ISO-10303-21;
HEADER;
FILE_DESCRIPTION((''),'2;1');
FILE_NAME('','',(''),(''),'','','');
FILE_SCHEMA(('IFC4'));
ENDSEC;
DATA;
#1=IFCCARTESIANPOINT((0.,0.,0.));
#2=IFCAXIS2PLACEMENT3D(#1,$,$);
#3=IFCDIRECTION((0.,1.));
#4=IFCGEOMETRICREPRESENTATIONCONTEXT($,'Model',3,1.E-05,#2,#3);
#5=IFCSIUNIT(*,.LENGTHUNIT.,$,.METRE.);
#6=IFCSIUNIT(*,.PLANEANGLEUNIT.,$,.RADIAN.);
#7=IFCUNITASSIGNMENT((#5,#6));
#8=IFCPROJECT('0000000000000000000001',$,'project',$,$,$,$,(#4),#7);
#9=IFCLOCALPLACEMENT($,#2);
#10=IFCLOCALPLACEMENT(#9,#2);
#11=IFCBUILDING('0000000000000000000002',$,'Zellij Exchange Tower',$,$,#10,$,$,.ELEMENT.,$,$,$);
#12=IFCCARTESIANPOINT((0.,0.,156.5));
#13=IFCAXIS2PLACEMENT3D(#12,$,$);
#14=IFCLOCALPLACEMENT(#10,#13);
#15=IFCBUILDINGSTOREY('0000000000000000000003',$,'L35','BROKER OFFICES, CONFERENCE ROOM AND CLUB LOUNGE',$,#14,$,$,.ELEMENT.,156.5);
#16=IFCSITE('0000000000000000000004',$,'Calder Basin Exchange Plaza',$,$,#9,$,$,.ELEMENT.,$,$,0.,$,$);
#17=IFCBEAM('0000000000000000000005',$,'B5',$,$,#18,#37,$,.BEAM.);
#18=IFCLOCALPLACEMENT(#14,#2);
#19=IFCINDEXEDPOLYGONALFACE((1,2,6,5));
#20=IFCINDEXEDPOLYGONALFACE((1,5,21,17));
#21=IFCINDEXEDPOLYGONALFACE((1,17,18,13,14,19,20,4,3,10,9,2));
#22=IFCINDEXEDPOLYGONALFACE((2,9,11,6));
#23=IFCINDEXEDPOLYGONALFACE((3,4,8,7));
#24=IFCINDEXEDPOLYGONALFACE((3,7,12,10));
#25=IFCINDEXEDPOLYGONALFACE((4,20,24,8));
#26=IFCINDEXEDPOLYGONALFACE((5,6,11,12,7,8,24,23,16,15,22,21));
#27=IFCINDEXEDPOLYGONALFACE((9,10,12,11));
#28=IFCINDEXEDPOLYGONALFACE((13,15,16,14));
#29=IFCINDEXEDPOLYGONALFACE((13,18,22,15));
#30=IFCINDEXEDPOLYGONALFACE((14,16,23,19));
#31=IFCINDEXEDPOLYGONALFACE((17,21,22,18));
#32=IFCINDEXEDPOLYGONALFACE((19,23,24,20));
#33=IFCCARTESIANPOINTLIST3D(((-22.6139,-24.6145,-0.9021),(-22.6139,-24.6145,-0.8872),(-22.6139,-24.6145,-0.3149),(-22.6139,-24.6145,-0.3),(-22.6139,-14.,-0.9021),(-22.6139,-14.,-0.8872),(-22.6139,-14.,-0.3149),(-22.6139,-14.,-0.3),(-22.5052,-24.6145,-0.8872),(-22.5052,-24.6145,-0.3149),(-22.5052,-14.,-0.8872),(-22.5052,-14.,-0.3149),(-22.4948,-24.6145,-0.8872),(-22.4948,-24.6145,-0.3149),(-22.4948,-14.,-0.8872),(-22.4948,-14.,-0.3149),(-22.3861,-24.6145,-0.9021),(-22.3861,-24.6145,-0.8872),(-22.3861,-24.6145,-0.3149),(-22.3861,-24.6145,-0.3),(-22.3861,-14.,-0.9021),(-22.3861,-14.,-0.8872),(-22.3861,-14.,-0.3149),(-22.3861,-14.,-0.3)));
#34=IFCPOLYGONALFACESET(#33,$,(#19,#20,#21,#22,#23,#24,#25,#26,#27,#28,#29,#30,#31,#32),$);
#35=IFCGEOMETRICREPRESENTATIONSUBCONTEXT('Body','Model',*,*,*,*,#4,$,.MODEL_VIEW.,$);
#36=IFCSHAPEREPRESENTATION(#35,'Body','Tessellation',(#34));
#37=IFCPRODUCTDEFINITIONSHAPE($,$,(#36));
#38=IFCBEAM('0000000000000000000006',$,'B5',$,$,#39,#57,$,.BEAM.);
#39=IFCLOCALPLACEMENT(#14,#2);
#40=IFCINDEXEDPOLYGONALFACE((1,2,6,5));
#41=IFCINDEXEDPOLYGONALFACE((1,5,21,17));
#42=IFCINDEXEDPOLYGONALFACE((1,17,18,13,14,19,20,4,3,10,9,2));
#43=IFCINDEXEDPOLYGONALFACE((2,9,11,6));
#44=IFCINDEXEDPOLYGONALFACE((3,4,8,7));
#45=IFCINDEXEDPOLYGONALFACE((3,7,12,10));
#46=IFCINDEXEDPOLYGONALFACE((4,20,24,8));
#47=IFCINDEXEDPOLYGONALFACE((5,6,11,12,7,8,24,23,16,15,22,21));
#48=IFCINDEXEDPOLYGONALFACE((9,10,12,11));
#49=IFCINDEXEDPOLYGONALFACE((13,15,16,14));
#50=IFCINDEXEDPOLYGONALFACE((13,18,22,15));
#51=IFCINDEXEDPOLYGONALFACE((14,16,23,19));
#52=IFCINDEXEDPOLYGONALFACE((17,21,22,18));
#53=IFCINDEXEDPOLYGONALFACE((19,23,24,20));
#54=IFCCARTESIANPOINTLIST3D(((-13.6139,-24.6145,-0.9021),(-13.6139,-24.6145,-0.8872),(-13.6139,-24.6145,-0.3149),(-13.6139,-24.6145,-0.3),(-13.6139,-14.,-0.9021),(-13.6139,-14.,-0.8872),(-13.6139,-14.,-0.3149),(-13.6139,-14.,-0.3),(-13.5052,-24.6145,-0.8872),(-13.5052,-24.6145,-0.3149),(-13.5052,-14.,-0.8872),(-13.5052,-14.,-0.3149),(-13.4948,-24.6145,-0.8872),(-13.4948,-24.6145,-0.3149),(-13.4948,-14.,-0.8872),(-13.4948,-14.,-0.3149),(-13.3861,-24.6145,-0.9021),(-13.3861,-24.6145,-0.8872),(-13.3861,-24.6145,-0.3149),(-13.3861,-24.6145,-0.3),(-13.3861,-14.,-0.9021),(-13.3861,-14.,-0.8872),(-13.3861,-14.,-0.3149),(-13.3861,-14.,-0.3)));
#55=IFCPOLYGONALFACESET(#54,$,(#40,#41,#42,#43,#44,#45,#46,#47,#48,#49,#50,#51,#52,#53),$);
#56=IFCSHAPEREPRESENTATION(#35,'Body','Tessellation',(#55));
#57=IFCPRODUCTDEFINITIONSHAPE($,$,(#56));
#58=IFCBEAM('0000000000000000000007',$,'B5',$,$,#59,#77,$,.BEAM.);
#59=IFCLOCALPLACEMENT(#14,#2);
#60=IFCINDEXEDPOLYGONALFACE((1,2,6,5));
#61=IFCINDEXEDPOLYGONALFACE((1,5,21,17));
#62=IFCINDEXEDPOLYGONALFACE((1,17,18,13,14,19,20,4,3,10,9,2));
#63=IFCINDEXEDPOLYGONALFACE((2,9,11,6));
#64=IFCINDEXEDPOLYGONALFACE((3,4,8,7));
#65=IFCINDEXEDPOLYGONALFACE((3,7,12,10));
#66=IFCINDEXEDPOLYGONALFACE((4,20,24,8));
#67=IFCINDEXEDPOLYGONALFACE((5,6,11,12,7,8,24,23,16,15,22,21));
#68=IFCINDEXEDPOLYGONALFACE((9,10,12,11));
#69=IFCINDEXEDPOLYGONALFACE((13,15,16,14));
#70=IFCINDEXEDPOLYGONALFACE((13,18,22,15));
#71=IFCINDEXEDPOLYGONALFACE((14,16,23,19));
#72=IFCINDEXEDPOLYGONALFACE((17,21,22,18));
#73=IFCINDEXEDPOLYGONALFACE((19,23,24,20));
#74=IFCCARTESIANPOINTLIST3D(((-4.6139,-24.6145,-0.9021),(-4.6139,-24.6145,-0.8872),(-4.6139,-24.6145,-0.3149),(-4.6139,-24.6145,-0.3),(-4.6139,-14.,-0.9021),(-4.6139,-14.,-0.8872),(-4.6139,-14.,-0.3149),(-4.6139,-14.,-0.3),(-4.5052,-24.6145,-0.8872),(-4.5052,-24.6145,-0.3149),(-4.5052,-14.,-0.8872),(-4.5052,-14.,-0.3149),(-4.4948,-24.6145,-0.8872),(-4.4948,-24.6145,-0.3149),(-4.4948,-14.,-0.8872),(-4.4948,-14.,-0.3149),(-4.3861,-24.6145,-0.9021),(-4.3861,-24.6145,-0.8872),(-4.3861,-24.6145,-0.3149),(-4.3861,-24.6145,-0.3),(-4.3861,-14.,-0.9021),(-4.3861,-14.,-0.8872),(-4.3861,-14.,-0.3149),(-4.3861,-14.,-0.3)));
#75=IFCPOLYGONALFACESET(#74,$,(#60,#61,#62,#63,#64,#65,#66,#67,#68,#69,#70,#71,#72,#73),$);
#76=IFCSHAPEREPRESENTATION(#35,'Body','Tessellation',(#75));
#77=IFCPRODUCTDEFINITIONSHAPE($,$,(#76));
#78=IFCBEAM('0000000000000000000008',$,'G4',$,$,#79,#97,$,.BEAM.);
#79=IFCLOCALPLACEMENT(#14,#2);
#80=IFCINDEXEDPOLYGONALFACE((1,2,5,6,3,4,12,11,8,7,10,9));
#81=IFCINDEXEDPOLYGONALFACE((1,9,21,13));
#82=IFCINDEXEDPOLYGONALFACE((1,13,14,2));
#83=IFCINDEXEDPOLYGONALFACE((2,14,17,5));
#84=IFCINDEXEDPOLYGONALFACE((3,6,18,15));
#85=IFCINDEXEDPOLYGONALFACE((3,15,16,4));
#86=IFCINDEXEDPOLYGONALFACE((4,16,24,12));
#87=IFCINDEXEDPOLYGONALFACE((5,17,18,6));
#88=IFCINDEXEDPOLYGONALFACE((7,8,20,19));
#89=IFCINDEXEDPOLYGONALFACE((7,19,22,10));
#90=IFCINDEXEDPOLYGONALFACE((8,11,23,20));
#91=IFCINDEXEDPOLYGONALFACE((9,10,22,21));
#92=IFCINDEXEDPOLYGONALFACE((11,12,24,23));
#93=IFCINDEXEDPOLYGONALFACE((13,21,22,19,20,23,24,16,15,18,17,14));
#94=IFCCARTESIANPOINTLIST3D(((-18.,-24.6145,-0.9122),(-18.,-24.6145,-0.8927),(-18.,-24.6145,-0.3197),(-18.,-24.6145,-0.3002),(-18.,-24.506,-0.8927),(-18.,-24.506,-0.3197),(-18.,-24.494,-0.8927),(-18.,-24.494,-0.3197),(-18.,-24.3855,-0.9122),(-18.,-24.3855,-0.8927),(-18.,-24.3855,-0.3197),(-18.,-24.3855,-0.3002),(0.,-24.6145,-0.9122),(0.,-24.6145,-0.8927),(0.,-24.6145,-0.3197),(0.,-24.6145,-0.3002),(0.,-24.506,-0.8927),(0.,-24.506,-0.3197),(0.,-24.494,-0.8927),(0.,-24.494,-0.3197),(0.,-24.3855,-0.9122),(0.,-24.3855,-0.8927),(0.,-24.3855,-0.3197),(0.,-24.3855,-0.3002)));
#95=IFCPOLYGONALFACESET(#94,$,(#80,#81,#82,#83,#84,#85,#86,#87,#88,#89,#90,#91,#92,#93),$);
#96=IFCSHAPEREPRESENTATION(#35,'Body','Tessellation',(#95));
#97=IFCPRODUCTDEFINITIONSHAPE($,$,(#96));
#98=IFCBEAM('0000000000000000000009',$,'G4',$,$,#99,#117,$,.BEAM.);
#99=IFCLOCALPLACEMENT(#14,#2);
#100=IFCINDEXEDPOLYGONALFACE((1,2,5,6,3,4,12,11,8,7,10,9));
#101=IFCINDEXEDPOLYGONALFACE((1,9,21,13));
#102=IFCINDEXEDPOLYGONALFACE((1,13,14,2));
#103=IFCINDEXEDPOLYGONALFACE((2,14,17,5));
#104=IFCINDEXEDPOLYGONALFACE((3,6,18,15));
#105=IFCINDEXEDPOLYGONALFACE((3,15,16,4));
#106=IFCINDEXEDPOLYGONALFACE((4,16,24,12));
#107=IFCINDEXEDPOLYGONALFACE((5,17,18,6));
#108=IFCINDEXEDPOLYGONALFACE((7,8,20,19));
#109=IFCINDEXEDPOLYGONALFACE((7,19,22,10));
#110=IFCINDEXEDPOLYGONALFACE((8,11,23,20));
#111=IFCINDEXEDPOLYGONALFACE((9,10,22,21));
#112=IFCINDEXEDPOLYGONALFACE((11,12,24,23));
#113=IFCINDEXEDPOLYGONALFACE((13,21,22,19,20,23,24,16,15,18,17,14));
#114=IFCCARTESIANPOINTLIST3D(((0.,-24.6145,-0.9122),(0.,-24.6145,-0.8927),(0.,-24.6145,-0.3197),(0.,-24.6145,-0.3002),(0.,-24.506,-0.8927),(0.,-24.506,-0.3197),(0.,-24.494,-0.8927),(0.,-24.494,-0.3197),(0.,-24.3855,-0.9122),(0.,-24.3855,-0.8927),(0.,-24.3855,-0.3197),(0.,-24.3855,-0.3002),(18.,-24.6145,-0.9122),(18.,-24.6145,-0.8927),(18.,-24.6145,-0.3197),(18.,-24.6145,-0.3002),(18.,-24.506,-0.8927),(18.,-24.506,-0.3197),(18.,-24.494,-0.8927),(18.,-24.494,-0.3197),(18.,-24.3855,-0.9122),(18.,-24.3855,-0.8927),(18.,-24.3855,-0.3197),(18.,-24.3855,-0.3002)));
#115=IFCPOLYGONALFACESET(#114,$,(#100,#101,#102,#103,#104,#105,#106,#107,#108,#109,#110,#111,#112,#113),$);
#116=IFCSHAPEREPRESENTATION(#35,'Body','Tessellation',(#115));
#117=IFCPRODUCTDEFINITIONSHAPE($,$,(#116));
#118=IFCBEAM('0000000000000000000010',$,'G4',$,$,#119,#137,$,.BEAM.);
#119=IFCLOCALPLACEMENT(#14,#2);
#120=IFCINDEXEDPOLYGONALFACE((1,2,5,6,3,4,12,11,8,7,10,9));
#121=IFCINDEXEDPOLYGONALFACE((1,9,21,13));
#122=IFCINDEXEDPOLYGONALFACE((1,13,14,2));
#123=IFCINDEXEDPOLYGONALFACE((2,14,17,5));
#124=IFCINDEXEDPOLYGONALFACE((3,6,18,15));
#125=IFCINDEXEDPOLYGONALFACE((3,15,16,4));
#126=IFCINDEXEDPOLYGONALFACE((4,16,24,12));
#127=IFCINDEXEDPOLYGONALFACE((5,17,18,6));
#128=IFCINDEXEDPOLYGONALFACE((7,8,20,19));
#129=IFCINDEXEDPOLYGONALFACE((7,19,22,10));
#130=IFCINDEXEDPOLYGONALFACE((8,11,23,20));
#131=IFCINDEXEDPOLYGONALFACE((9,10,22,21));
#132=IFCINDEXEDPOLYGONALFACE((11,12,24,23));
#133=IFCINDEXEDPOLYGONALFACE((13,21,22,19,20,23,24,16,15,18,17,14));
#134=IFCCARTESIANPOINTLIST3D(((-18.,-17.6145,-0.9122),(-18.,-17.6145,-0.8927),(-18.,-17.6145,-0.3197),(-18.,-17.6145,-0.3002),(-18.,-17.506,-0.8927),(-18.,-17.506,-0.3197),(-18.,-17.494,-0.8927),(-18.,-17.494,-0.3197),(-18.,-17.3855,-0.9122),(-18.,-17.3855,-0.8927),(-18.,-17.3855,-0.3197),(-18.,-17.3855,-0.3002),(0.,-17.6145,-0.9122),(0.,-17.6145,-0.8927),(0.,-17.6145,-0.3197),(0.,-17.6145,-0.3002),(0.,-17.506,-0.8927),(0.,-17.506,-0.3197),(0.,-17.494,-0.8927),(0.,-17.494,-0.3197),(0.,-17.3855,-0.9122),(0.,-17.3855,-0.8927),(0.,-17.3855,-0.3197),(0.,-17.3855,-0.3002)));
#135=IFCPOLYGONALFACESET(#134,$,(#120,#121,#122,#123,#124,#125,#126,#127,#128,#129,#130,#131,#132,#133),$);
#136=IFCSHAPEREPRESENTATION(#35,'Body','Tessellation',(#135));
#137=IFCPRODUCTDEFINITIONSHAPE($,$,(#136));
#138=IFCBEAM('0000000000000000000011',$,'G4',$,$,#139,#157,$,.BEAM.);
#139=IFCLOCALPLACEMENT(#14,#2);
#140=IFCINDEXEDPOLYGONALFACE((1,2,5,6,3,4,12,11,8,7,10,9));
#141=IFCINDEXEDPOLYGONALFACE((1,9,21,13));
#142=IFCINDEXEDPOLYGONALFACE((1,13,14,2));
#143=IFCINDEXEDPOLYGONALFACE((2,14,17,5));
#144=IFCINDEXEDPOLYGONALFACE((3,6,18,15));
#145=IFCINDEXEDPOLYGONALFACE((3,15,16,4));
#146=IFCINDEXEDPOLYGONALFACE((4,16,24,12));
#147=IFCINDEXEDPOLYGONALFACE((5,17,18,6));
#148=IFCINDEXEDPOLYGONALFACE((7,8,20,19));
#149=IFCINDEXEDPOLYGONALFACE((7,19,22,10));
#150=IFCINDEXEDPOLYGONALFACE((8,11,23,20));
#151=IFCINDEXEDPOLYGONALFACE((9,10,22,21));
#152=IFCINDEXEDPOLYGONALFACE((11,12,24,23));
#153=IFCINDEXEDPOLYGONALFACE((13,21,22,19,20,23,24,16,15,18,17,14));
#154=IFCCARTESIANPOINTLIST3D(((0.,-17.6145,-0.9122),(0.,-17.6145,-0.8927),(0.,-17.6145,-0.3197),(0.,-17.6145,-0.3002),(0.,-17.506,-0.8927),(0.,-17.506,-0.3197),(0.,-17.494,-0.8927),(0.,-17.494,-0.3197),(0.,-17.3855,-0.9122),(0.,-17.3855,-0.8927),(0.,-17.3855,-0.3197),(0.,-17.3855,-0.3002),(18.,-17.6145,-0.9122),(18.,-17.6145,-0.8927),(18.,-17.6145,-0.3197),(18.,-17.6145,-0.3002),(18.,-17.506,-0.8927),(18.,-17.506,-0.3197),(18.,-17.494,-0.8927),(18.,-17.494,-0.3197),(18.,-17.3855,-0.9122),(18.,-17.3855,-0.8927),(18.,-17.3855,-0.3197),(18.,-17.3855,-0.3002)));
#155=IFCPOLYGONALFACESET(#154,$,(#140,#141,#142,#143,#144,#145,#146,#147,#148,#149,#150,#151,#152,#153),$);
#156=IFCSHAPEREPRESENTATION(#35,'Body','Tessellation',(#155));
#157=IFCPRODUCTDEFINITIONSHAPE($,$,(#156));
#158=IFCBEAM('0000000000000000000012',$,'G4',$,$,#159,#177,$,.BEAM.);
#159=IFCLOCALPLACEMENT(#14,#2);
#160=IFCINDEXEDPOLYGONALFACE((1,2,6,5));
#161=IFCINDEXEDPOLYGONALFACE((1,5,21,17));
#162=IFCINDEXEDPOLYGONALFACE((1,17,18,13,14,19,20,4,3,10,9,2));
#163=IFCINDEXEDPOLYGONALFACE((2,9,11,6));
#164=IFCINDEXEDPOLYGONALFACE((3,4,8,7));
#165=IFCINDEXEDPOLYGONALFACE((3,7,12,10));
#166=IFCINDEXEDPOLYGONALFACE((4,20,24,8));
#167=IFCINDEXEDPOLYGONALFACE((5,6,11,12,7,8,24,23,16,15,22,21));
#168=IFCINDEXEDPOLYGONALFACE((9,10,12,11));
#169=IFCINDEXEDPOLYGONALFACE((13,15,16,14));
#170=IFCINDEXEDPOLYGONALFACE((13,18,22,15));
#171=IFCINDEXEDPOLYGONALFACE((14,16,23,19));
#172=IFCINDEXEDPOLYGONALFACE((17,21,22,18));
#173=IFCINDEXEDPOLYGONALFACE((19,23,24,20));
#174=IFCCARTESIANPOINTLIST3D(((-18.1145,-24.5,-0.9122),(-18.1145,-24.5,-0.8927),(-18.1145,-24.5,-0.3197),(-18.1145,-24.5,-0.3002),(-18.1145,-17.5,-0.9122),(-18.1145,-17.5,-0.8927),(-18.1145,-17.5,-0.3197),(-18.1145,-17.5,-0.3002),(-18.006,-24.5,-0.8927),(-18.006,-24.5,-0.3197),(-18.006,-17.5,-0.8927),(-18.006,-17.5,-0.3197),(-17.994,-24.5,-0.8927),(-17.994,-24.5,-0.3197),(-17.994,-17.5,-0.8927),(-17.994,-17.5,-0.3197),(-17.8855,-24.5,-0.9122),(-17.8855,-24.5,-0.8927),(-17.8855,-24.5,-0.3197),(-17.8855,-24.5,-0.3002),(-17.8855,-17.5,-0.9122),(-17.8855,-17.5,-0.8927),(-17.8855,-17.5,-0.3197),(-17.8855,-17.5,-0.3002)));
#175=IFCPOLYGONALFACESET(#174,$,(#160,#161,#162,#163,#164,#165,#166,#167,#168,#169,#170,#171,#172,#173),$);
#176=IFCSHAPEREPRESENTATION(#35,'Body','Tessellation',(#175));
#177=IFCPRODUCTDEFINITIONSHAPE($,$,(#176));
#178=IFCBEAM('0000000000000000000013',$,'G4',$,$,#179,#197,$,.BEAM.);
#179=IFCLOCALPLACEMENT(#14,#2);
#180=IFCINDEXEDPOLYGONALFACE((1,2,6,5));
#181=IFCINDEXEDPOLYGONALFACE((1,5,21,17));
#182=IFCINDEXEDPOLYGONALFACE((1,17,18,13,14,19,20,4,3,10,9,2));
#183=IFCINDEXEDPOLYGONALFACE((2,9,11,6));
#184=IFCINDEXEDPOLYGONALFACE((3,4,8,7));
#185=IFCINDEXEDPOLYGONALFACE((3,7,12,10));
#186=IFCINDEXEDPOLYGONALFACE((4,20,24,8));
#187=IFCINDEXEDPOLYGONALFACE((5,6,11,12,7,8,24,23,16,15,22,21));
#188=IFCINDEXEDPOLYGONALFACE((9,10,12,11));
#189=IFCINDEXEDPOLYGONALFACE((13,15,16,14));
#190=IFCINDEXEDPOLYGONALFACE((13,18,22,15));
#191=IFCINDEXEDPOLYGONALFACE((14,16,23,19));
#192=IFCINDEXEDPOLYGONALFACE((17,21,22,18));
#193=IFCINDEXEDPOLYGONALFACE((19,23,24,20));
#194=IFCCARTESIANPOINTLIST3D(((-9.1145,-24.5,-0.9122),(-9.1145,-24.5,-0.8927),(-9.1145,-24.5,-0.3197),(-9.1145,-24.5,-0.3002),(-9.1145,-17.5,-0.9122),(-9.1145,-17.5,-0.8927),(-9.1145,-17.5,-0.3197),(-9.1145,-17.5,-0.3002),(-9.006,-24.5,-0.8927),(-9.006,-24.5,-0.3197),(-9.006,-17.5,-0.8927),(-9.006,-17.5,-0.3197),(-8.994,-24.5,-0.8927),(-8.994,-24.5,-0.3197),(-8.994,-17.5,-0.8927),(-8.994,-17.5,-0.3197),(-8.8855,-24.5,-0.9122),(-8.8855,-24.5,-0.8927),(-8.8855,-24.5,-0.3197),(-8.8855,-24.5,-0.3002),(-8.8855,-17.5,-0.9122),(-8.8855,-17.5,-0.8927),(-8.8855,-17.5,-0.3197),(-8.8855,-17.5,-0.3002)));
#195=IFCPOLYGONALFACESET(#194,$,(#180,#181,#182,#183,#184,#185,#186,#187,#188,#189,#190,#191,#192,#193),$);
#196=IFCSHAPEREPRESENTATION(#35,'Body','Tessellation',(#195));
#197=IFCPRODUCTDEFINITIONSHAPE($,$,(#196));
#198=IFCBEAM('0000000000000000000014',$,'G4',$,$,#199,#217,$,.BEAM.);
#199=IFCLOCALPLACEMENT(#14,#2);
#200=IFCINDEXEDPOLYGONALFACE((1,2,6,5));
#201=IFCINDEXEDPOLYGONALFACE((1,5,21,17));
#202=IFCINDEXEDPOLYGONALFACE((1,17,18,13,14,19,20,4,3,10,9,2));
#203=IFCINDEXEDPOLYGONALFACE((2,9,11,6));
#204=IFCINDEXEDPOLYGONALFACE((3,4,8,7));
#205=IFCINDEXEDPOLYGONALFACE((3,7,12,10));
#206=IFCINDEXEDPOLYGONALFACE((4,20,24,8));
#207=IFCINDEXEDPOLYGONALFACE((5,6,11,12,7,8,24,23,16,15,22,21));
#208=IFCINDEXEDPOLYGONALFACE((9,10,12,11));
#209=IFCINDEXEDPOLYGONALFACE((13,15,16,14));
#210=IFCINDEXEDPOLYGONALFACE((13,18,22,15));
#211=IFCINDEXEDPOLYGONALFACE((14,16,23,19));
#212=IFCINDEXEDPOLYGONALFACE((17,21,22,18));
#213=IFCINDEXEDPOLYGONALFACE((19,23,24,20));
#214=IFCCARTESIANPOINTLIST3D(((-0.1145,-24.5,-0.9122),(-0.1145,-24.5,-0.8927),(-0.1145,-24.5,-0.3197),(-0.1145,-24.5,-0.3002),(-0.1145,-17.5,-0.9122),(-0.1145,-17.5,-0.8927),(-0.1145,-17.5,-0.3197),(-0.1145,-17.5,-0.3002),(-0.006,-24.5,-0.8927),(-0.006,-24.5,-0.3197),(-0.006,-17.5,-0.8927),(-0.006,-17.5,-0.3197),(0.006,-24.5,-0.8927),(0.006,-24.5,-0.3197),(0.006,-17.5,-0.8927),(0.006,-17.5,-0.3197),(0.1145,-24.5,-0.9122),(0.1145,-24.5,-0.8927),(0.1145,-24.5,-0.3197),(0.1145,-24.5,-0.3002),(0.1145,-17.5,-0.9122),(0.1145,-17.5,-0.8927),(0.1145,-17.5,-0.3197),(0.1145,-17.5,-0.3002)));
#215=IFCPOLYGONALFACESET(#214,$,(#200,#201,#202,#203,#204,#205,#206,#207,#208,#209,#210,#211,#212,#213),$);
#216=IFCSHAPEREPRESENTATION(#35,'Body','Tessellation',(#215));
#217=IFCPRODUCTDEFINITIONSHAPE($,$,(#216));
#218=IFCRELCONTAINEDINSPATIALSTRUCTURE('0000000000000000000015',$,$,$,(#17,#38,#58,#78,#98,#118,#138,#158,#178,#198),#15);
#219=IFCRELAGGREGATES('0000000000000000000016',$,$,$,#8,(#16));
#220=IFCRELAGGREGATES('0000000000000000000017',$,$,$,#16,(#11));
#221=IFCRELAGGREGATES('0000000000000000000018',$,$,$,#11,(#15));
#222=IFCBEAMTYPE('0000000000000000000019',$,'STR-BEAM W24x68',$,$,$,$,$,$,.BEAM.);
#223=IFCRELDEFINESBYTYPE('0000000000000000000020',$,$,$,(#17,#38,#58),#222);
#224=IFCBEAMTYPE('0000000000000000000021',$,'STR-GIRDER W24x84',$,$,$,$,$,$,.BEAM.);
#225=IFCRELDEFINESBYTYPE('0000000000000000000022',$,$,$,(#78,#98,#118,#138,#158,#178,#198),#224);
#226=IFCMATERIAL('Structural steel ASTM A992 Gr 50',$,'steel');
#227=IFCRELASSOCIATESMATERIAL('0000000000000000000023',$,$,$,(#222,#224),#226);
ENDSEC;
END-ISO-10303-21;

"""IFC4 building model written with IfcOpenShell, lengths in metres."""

from ifc_helpers import new_model, si_unit, direction, frame, origin, origin_2d, place, context, subcontext, project, spatial, i_section, extrude, material, material_profile, profile_set, type_object, element, save


model = new_model("IFC4")

# Units and contexts
model_context = context("Model", 3, precision=1e-05, world=origin(), true_north=direction((0.0, 1.0)))
body_context = subcontext(model_context, "Body", "Model", "MODEL_VIEW")
ifc_project = project(units=[si_unit("LENGTHUNIT", "METRE"), si_unit("PLANEANGLEUNIT", "RADIAN")], contexts=[model_context])

# Site, building, storey
site_placement = place(None, origin())
site = spatial("IfcSite", under=ifc_project, at=site_placement, Name="Calder Basin Exchange Plaza", CompositionType="ELEMENT", RefElevation=0.0)
building_placement = place(site_placement, origin())
building = spatial("IfcBuilding", under=site, at=building_placement, Name="Zellij Exchange Tower", CompositionType="ELEMENT")
storey_placement = place(building_placement, frame((0.0, 0.0, 156.5)))
storey = spatial("IfcBuildingStorey", under=building, at=storey_placement, Name="L35", Description="BROKER OFFICES, CONFERENCE ROOM AND CLUB LOUNGE", CompositionType="ELEMENT", Elevation=156.5)

# Beams
ifc_material_1 = material(Name="Structural steel ASTM A992 Gr 50", Category="steel")
ifc_material_profile_1 = material_profile(ifc_material_1, i_section(OverallWidth=0.2278, OverallDepth=0.6021, WebThickness=0.0105, FlangeThickness=0.0149, at=origin_2d()), Name="W24x68")
ifc_profile_set_1 = profile_set([ifc_material_profile_1], Name="Structural steel ASTM A992 Gr 50")
beam_type_1 = type_object("IfcBeamType", Name="STR-BEAM W24x68", PredefinedType="BEAM", material=ifc_profile_set_1)
for number, where, z_axis, x_axis, name in (
    (1, (-22.5, -24.6145, -0.6011), (0.0, 1.0, 0.0), (-1.0, 0.0, 0.0), "B5"),
    (2, (-13.5, -24.6145, -0.6011), (0.0, 1.0, 0.0), (-1.0, 0.0, 0.0), "B5"),
    (3, (-4.5, -24.6145, -0.6011), (0.0, 1.0, 0.0), (-1.0, 0.0, 0.0), "B5"),
):
    element("IfcBeam", number, at=place(storey_placement, frame(where, z_axis=z_axis, x_axis=x_axis)), inside=storey, type_object=beam_type_1, Name=name, PredefinedType="BEAM", context=body_context, shape_type="SweptSolid", body=[
        extrude(i_section(OverallWidth=0.2278, OverallDepth=0.6021, WebThickness=0.0105, FlangeThickness=0.0149, at=origin_2d()), origin(), (0.0, 0.0, 1.0), 10.6145),
    ])
ifc_material_profile_2 = material_profile(ifc_material_1, i_section(OverallWidth=0.229, OverallDepth=0.6121, WebThickness=0.012, FlangeThickness=0.0195, at=origin_2d()), Name="W24x84")
ifc_profile_set_2 = profile_set([ifc_material_profile_2], Name="Structural steel ASTM A992 Gr 50")
beam_type_2 = type_object("IfcBeamType", Name="STR-GIRDER W24x84", PredefinedType="BEAM", material=ifc_profile_set_2)
for number, where, z_axis, x_axis, name in (
    (4, (-18.0, -24.5, -0.6062), (1.0, 0.0, 0.0), (0.0, 1.0, 0.0), "G4"),
    (5, (0.0, -24.5, -0.6062), (1.0, 0.0, 0.0), (0.0, 1.0, 0.0), "G4"),
    (6, (-18.0, -17.5, -0.6062), (1.0, 0.0, 0.0), (0.0, 1.0, 0.0), "G4"),
    (7, (0.0, -17.5, -0.6062), (1.0, 0.0, 0.0), (0.0, 1.0, 0.0), "G4"),
):
    element("IfcBeam", number, at=place(storey_placement, frame(where, z_axis=z_axis, x_axis=x_axis)), inside=storey, type_object=beam_type_2, Name=name, PredefinedType="BEAM", context=body_context, shape_type="SweptSolid", body=[
        extrude(i_section(OverallWidth=0.229, OverallDepth=0.6121, WebThickness=0.012, FlangeThickness=0.0195, at=origin_2d()), origin(), (0.0, 0.0, 1.0), 18.0),
    ])
for number, where, z_axis, x_axis, name in (
    (8, (-18.0, -24.5, -0.6062), (0.0, 1.0, 0.0), (-1.0, 0.0, 0.0), "G4"),
    (9, (-9.0, -24.5, -0.6062), (0.0, 1.0, 0.0), (-1.0, 0.0, 0.0), "G4"),
    (10, (0.0, -24.5, -0.6062), (0.0, 1.0, 0.0), (-1.0, 0.0, 0.0), "G4"),
):
    element("IfcBeam", number, at=place(storey_placement, frame(where, z_axis=z_axis, x_axis=x_axis)), inside=storey, type_object=beam_type_2, Name=name, PredefinedType="BEAM", context=body_context, shape_type="SweptSolid", body=[
        extrude(i_section(OverallWidth=0.229, OverallDepth=0.6121, WebThickness=0.012, FlangeThickness=0.0195, at=origin_2d()), origin(), (0.0, 0.0, 1.0), 7.0),
    ])

save(model, "model.ifc")
